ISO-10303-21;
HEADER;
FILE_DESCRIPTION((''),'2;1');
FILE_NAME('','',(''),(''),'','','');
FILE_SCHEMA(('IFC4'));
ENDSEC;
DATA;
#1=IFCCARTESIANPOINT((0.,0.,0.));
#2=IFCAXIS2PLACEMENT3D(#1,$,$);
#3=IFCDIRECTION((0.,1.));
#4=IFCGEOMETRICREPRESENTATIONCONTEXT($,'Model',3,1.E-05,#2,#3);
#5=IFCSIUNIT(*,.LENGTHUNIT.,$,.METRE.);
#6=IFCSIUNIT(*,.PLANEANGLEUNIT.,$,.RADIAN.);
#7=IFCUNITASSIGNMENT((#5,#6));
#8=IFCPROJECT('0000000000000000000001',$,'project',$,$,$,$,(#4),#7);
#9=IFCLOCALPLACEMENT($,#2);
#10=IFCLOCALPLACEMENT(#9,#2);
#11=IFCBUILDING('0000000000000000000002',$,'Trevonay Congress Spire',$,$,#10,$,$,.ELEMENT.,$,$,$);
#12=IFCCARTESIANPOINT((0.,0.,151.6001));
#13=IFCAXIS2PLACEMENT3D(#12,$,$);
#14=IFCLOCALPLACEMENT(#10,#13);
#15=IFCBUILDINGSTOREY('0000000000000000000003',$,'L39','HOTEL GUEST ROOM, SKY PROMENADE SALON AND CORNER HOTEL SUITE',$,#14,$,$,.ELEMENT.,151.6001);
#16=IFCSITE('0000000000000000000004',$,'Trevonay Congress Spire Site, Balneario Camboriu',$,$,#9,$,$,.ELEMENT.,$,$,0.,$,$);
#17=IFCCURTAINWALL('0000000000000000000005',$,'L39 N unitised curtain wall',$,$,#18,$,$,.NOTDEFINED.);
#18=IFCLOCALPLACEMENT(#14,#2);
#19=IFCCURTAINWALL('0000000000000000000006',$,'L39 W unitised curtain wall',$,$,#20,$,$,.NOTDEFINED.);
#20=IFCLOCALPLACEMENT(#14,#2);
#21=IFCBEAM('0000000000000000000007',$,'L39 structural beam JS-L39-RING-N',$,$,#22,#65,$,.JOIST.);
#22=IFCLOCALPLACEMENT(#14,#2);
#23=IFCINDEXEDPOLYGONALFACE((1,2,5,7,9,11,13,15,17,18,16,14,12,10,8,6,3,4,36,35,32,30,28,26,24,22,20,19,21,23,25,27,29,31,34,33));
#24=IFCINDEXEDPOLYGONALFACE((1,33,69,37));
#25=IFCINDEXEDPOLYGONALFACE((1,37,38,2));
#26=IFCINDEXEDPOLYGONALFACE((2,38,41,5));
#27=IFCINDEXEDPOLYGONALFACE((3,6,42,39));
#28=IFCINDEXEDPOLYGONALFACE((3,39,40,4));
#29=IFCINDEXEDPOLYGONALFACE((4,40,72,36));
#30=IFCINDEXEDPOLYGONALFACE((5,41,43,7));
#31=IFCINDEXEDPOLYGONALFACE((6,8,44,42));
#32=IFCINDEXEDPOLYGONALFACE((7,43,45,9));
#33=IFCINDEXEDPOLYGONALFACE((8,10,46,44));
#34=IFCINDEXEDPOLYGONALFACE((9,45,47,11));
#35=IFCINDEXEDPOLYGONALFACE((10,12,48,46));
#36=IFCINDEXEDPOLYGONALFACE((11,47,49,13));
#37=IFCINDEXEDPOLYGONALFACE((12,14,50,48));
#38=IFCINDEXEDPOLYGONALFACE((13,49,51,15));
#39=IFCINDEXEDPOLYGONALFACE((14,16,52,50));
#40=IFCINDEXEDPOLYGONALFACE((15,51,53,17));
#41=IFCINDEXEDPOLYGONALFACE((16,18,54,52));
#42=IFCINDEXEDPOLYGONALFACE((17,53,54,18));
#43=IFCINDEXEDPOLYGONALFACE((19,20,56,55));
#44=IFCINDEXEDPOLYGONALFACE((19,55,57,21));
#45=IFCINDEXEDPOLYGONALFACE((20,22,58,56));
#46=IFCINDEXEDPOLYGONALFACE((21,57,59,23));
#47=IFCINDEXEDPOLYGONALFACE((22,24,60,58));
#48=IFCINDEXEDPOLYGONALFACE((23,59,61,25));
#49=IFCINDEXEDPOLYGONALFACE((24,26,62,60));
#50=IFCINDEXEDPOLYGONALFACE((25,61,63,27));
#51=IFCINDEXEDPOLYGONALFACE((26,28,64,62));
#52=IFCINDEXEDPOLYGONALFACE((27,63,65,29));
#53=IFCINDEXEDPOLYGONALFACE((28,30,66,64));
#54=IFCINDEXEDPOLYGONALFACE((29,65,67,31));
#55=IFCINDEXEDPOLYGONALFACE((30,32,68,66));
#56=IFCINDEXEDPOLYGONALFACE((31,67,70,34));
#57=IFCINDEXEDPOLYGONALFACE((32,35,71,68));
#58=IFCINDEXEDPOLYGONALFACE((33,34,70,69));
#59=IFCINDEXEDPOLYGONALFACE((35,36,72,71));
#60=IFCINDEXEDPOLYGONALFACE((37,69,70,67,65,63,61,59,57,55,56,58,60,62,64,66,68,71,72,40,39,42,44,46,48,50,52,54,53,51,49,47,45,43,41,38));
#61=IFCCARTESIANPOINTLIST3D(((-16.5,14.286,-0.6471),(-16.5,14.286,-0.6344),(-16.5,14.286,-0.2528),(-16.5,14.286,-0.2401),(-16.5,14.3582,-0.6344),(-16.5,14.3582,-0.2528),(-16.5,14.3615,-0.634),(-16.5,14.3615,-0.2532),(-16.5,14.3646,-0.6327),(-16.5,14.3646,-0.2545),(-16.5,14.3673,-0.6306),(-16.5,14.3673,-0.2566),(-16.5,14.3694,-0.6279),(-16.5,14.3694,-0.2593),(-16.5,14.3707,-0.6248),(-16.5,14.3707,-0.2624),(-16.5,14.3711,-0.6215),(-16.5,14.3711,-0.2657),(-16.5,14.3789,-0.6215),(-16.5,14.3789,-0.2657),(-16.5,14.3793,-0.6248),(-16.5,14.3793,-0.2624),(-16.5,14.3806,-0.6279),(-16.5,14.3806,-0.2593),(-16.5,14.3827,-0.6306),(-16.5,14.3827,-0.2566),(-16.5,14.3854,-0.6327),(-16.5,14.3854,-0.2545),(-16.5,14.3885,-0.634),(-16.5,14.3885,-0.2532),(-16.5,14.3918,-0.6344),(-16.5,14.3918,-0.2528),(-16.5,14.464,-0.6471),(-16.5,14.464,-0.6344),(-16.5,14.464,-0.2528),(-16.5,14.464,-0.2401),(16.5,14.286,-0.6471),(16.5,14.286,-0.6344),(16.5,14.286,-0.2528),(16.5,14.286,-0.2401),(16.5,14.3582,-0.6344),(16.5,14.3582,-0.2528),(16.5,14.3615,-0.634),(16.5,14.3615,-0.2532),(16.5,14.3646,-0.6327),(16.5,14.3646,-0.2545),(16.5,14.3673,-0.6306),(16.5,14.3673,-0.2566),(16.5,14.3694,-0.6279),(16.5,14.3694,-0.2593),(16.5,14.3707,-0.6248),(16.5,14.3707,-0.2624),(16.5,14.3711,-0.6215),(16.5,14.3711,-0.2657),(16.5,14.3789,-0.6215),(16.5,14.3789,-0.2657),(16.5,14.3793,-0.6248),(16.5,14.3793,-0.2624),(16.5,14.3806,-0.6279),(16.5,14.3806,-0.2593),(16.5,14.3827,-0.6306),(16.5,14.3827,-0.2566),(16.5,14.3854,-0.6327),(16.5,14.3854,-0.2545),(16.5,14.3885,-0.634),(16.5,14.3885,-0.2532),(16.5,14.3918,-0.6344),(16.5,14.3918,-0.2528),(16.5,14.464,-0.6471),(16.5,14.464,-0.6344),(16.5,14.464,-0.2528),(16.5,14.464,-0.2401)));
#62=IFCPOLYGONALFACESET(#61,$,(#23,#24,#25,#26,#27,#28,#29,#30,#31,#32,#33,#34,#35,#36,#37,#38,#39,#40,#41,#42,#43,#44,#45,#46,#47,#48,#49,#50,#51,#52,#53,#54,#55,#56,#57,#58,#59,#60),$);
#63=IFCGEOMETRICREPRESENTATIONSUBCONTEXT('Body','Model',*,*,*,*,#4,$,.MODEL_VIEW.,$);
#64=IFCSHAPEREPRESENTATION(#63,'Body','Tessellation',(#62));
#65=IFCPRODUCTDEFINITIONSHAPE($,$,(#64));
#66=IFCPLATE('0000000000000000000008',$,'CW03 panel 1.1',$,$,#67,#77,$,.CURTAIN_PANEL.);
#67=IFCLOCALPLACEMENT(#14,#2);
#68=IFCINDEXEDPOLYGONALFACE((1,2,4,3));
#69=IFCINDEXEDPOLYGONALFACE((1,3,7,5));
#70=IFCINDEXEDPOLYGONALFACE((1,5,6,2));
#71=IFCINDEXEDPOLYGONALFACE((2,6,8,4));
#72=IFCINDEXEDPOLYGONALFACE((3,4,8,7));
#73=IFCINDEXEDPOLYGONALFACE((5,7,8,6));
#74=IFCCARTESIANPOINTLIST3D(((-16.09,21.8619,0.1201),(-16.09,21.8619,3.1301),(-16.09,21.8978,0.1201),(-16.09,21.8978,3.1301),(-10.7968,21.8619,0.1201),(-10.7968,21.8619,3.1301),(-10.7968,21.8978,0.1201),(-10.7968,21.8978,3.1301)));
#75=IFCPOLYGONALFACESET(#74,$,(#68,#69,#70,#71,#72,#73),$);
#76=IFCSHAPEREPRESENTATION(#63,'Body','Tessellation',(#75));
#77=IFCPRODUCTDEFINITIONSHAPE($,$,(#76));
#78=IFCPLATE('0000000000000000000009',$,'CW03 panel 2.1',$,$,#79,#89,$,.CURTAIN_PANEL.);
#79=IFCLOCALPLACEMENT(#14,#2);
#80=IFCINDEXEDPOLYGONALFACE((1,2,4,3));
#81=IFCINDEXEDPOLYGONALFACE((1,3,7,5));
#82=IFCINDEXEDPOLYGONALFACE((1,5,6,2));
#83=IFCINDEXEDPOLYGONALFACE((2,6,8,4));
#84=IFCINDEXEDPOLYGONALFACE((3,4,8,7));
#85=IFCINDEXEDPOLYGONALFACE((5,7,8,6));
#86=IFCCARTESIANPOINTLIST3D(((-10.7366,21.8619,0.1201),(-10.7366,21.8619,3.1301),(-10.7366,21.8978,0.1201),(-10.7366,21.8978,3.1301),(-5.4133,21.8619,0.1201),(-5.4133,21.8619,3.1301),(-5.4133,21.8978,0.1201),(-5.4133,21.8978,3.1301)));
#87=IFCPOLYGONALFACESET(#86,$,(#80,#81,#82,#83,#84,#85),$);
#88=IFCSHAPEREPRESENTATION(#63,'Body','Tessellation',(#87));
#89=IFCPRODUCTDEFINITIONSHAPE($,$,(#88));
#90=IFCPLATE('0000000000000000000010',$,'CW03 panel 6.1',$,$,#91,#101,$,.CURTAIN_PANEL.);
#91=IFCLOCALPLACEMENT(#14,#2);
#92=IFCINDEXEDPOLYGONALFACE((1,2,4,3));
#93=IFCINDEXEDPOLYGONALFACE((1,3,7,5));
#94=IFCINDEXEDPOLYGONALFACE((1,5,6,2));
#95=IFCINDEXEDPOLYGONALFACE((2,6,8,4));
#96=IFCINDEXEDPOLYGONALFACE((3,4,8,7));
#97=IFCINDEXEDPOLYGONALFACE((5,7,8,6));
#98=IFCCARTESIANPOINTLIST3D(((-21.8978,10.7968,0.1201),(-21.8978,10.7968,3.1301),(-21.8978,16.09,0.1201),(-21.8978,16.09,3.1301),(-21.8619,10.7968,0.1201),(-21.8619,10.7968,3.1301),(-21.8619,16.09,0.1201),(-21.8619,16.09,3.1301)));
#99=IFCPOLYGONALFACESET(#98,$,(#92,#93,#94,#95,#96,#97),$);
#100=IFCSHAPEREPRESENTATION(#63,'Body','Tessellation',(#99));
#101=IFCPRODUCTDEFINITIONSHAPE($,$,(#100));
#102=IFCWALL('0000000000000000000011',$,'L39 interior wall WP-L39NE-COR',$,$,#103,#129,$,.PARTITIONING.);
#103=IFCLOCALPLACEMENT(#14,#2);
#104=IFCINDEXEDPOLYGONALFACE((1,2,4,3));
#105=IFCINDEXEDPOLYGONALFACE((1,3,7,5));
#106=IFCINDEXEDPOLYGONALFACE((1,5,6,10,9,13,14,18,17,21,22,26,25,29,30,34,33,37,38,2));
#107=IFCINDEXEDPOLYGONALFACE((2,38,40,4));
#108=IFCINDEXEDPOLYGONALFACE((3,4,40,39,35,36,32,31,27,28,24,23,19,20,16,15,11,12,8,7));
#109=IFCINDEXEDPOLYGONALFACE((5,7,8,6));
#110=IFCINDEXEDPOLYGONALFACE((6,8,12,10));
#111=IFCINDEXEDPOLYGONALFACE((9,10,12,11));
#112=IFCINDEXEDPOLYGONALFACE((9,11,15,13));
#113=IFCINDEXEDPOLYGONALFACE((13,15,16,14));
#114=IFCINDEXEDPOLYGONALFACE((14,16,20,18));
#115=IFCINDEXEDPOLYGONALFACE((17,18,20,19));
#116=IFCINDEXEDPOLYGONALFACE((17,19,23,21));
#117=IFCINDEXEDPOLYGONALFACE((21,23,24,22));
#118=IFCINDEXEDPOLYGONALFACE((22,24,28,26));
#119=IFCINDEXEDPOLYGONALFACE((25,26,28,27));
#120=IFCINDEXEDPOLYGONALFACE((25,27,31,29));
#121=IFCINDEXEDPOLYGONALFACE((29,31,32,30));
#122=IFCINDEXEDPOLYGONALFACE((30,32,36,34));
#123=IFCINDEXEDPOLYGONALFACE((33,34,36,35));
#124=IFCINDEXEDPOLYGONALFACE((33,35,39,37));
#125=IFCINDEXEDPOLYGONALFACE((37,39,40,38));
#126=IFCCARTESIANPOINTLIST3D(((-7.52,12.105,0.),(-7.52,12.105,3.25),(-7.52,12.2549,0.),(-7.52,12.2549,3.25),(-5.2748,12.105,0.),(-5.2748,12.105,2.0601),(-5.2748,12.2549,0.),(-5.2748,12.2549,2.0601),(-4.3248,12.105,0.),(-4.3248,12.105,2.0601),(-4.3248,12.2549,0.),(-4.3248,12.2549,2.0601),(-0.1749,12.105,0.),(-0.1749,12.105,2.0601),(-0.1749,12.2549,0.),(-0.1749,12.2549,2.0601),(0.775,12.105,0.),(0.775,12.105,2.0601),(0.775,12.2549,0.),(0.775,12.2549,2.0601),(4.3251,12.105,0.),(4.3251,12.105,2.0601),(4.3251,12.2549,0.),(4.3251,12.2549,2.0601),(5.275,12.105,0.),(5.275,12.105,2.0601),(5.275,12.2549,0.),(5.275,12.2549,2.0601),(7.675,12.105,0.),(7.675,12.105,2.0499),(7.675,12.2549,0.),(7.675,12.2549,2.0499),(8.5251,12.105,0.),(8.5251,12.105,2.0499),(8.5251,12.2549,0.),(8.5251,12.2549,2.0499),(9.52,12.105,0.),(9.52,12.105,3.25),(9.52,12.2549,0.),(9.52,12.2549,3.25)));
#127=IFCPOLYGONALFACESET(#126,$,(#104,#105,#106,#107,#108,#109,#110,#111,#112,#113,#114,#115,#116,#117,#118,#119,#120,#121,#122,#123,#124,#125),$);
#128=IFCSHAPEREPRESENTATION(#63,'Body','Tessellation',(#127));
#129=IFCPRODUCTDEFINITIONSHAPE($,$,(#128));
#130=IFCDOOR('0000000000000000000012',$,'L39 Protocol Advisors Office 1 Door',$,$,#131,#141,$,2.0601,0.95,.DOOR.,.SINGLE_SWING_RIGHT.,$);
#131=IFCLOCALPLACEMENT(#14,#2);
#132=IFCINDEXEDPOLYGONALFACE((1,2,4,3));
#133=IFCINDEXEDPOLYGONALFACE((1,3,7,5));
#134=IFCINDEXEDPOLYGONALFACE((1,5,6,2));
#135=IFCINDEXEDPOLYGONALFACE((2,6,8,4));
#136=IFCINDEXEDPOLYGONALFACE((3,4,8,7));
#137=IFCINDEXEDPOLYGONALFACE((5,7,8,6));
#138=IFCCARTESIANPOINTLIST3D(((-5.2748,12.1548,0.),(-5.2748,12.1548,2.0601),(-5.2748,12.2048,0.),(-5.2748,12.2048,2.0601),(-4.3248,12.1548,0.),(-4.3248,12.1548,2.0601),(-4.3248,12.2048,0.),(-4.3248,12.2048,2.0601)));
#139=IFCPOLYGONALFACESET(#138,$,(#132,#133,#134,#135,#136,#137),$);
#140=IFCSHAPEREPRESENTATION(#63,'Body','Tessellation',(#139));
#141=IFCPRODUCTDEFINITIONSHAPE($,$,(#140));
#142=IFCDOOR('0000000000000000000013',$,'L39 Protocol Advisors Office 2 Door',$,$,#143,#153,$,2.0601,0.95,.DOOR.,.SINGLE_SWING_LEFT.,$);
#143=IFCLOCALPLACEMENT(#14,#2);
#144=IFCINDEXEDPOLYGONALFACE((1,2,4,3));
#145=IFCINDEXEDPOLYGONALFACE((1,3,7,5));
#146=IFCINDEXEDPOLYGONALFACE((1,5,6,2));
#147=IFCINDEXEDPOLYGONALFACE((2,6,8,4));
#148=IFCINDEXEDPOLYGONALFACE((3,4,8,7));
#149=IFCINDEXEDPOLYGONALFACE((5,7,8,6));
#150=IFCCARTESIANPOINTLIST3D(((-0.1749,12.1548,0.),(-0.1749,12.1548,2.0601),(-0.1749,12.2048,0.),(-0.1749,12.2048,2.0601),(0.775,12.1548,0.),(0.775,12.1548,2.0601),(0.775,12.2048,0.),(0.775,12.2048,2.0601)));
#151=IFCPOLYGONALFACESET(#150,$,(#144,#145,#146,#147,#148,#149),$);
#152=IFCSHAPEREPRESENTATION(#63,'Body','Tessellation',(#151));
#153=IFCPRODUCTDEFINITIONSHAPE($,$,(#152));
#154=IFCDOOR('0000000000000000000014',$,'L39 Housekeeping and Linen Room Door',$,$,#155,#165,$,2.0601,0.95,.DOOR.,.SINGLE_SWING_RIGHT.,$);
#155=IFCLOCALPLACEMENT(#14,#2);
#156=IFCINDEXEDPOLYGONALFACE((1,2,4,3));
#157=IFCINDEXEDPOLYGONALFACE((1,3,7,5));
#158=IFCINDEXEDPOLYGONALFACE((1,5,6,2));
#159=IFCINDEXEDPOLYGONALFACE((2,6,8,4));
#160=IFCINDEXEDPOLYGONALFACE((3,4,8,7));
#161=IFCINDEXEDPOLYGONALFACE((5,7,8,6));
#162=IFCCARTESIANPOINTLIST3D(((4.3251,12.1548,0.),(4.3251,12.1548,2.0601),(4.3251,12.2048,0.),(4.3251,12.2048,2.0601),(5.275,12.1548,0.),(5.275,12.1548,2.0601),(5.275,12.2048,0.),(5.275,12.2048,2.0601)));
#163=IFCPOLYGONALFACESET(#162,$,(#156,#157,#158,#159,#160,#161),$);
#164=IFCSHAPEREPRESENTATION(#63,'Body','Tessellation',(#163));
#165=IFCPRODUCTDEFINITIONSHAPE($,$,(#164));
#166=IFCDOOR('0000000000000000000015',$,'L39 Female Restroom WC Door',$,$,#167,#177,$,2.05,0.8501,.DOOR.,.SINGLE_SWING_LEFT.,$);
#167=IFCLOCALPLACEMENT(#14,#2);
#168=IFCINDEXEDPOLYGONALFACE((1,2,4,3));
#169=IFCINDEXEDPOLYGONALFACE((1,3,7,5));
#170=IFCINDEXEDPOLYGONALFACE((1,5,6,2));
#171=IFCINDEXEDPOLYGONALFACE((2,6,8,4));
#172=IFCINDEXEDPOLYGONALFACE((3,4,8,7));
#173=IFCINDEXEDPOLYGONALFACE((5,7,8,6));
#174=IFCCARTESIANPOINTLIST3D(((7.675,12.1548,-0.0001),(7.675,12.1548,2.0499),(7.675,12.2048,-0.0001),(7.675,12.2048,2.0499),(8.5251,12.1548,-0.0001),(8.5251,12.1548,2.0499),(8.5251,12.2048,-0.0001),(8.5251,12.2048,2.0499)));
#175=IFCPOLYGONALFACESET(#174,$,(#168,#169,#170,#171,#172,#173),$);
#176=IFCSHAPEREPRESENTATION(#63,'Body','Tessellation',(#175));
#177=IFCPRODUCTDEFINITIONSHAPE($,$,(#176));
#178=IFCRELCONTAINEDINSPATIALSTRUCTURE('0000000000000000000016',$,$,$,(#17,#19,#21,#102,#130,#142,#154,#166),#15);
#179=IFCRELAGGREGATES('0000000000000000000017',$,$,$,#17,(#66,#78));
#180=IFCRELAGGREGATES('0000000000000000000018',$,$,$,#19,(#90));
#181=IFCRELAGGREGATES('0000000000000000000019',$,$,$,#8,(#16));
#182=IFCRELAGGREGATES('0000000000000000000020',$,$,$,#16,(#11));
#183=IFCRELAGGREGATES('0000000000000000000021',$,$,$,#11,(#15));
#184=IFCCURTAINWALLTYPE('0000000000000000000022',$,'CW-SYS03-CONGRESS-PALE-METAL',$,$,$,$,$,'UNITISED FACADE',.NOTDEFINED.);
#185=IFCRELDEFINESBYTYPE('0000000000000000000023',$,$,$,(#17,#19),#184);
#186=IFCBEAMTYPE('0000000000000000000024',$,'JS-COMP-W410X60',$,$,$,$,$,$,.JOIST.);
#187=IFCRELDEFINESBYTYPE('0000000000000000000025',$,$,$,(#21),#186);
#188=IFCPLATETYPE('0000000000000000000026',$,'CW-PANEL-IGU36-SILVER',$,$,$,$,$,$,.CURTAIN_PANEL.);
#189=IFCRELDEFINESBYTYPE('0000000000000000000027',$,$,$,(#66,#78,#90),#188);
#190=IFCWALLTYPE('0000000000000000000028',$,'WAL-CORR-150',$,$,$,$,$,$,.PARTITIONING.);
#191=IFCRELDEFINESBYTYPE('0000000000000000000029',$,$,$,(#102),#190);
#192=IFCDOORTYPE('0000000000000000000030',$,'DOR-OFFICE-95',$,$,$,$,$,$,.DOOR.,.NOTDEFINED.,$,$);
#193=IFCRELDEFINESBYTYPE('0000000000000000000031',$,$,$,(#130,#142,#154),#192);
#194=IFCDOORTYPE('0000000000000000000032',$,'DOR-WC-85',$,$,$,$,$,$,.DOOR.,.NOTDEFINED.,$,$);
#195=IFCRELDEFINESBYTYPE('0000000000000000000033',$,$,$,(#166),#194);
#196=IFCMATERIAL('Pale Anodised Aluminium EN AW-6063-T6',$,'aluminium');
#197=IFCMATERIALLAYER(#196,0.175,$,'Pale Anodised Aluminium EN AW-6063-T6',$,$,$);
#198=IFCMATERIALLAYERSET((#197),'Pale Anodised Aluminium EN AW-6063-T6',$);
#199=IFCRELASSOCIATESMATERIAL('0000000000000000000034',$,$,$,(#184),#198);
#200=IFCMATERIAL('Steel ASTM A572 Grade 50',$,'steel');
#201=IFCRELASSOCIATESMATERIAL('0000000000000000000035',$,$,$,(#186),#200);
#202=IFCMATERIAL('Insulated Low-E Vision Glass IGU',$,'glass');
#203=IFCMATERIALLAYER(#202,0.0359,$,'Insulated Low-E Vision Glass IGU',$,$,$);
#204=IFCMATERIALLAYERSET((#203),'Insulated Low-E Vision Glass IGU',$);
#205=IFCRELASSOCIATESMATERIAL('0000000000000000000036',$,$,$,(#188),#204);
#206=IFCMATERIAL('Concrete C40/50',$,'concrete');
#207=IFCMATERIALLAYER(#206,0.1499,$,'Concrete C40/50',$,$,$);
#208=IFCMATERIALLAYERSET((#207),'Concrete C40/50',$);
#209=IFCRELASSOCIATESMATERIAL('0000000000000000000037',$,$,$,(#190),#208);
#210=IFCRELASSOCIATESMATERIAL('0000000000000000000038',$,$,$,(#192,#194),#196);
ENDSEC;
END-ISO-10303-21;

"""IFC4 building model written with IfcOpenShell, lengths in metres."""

from ifc_helpers import new_model, si_unit, direction, frame, frame_2d, origin, origin_2d, place, context, subcontext, project, spatial, rectangle, i_section, extrude, material, layer, layer_set, material_profile, profile_set, type_object, element, fill, aggregate, save


model = new_model("IFC4")

# Units and contexts
model_context = context("Model", 3, precision=1e-05, world=origin(), true_north=direction((0.0, 1.0)))
body_context = subcontext(model_context, "Body", "Model", "MODEL_VIEW")
ifc_project = project(units=[si_unit("LENGTHUNIT", "METRE"), si_unit("PLANEANGLEUNIT", "RADIAN")], contexts=[model_context])

# Site, building, storey
site_placement = place(None, origin())
site = spatial("IfcSite", under=ifc_project, at=site_placement, Name="Trevonay Congress Spire Site, Balneario Camboriu", CompositionType="ELEMENT", RefElevation=0.0)
building_placement = place(site_placement, origin())
building = spatial("IfcBuilding", under=site, at=building_placement, Name="Trevonay Congress Spire", CompositionType="ELEMENT")
storey_placement = place(building_placement, frame((0.0, 0.0, 151.6001)))
storey = spatial("IfcBuildingStorey", under=building, at=storey_placement, Name="L39", Description="HOTEL GUEST ROOM, SKY PROMENADE SALON AND CORNER HOTEL SUITE", CompositionType="ELEMENT", Elevation=151.6001)

# Shared definitions
ifc_material_1 = material(Name="Steel ASTM A572 Grade 50", Category="steel")

# Curtain wall
ifc_material_2 = material(Name="Pale Anodised Aluminium EN AW-6063-T6", Category="aluminium")
ifc_layer_1 = layer(ifc_material_2, 0.175, Name="Pale Anodised Aluminium EN AW-6063-T6")
ifc_layer_set_1 = layer_set([ifc_layer_1], Name="Pale Anodised Aluminium EN AW-6063-T6")
curtain_wall_type = type_object("IfcCurtainWallType", Name="CW-SYS03-CONGRESS-PALE-METAL", ElementType="UNITISED FACADE", PredefinedType="NOTDEFINED", material=ifc_layer_set_1)
curtain_wall_1_placement = place(storey_placement, origin())
curtain_wall_1 = element("IfcCurtainWall", 1, at=curtain_wall_1_placement, inside=storey, type_object=curtain_wall_type, Name="L39 N unitised curtain wall", PredefinedType="NOTDEFINED")

# Curtain wall
curtain_wall_2_placement = place(storey_placement, origin())
curtain_wall_2 = element("IfcCurtainWall", 2, at=curtain_wall_2_placement, inside=storey, type_object=curtain_wall_type, Name="L39 W unitised curtain wall", PredefinedType="NOTDEFINED")

# Beam
ifc_material_profile_1 = material_profile(ifc_material_1, i_section(OverallWidth=0.178, OverallDepth=0.407, WebThickness=0.0078, FlangeThickness=0.0127, FilletRadius=0.0129, at=origin_2d()), Name="W410x60")
ifc_profile_set_1 = profile_set([ifc_material_profile_1], Name="Steel ASTM A572 Grade 50")
beam_type_1 = type_object("IfcBeamType", Name="JS-COMP-W410X60", PredefinedType="JOIST", material=ifc_profile_set_1)
beam_placement = place(storey_placement, frame((-16.5, 14.375, -0.4436), z_axis=(1.0, 0.0, 0.0), x_axis=(0.0, 1.0, 0.0)))
element("IfcBeam", 3, at=beam_placement, inside=storey, type_object=beam_type_1, Name="L39 structural beam JS-L39-RING-N", PredefinedType="JOIST", context=body_context, shape_type="SweptSolid", body=[
    extrude(i_section(OverallWidth=0.178, OverallDepth=0.407, WebThickness=0.0078, FlangeThickness=0.0127, FilletRadius=0.0129, at=origin_2d()), origin(), (0.0, 0.0, 1.0), 33.0),
])

# Plates
ifc_material_3 = material(Name="Insulated Low-E Vision Glass IGU", Category="glass")
ifc_layer_2 = layer(ifc_material_3, 0.0359, Name="Insulated Low-E Vision Glass IGU")
ifc_layer_set_2 = layer_set([ifc_layer_2], Name="Insulated Low-E Vision Glass IGU")
plate_type = type_object("IfcPlateType", Name="CW-PANEL-IGU36-SILVER", PredefinedType="CURTAIN_PANEL", material=ifc_layer_set_2)
plate_1_placement = place(storey_placement, frame((-13.4434, 21.8799, 0.1201), z_axis=(0.0, 0.0, 1.0), x_axis=(1.0, 0.0, 0.0)))
plate_1 = element("IfcPlate", 4, at=plate_1_placement, type_object=plate_type, Name="CW03 panel 1.1", PredefinedType="CURTAIN_PANEL", context=body_context, shape_type="SweptSolid", body=[
    extrude(rectangle(XDim=5.2932, YDim=0.0359, at=origin_2d()), origin(), (0.0, 0.0, 1.0), 3.01),
])
plate_2_placement = place(storey_placement, frame((-8.075, 21.8799, 0.1201), z_axis=(0.0, 0.0, 1.0), x_axis=(1.0, 0.0, 0.0)))
plate_2 = element("IfcPlate", 5, at=plate_2_placement, type_object=plate_type, Name="CW03 panel 2.1", PredefinedType="CURTAIN_PANEL", context=body_context, shape_type="SweptSolid", body=[
    extrude(rectangle(XDim=5.3232, YDim=0.0359, at=origin_2d()), origin(), (0.0, 0.0, 1.0), 3.01),
])
aggregate(curtain_wall_1, [plate_1, plate_2])
plate_3_placement = place(storey_placement, frame((-21.8799, 13.4434, 0.1201), z_axis=(0.0, 0.0, 1.0), x_axis=(0.0, 1.0, 0.0)))
plate_3 = element("IfcPlate", 6, at=plate_3_placement, type_object=plate_type, Name="CW03 panel 6.1", PredefinedType="CURTAIN_PANEL", context=body_context, shape_type="SweptSolid", body=[
    extrude(rectangle(XDim=5.2932, YDim=0.0359, at=origin_2d()), origin(), (0.0, 0.0, 1.0), 3.01),
])
aggregate(curtain_wall_2, [plate_3])

# Wall, openings, doors
ifc_material_4 = material(Name="Concrete C40/50", Category="concrete")
ifc_layer_3 = layer(ifc_material_4, 0.1499, Name="Concrete C40/50")
ifc_layer_set_3 = layer_set([ifc_layer_3], Name="Concrete C40/50")
wall_type_1 = type_object("IfcWallType", Name="WAL-CORR-150", PredefinedType="PARTITIONING", material=ifc_layer_set_3)
wall_1_placement = place(storey_placement, frame((-7.52, 12.1799, 0.0), z_axis=(0.0, 0.0, 1.0), x_axis=(1.0, 0.0, 0.0)))
wall_1 = element("IfcWall", 7, at=wall_1_placement, inside=storey, type_object=wall_type_1, Name="L39 interior wall WP-L39NE-COR", PredefinedType="PARTITIONING", context=body_context, shape_type="SweptSolid", body=[
    extrude(rectangle(XDim=17.04, YDim=0.1499, at=frame_2d((8.52, 0.0))), origin(), (0.0, 0.0, 1.0), 3.25),
])
opening_1_placement = place(wall_1_placement, frame((2.2451, 0.0, 0.0)))
opening_1 = element("IfcOpeningElement", 8, at=opening_1_placement, cuts=wall_1, PredefinedType="OPENING", context=body_context, shape_type="SweptSolid", body=[
    extrude(rectangle(XDim=0.95, YDim=2.0601, at=frame_2d((0.4751, 1.03))), frame((0.0, 0.085, 0.0), z_axis=(0.0, -1.0, 0.0), x_axis=(1.0, 0.0, 0.0)), (0.0, 0.0, 1.0), 0.1699),
])
opening_2_placement = place(wall_1_placement, frame((7.345, 0.0, 0.0)))
opening_2 = element("IfcOpeningElement", 9, at=opening_2_placement, cuts=wall_1, PredefinedType="OPENING", context=body_context, shape_type="SweptSolid", body=[
    extrude(rectangle(XDim=0.95, YDim=2.0601, at=frame_2d((0.4751, 1.03))), frame((0.0, 0.085, 0.0), z_axis=(0.0, -1.0, 0.0), x_axis=(1.0, 0.0, 0.0)), (0.0, 0.0, 1.0), 0.1699),
])
opening_3_placement = place(wall_1_placement, frame((11.845, 0.0, 0.0)))
opening_3 = element("IfcOpeningElement", 10, at=opening_3_placement, cuts=wall_1, PredefinedType="OPENING", context=body_context, shape_type="SweptSolid", body=[
    extrude(rectangle(XDim=0.95, YDim=2.0601, at=frame_2d((0.4751, 1.03))), frame((0.0, 0.085, 0.0), z_axis=(0.0, -1.0, 0.0), x_axis=(1.0, 0.0, 0.0)), (0.0, 0.0, 1.0), 0.1699),
])
opening_4_placement = place(wall_1_placement, frame((15.1951, 0.0, 0.0)))
opening_4 = element("IfcOpeningElement", 11, at=opening_4_placement, cuts=wall_1, PredefinedType="OPENING", context=body_context, shape_type="SweptSolid", body=[
    extrude(rectangle(XDim=0.8501, YDim=2.05, at=frame_2d((0.425, 1.0249))), frame((0.0, 0.085, 0.0), z_axis=(0.0, -1.0, 0.0), x_axis=(1.0, 0.0, 0.0)), (0.0, 0.0, 1.0), 0.1699),
])
door_type_1 = type_object("IfcDoorType", Name="DOR-OFFICE-95", OperationType="NOTDEFINED", PredefinedType="DOOR", material=ifc_material_2)
door_1_placement = place(opening_1_placement, origin())
door_1 = element("IfcDoor", 12, at=door_1_placement, inside=storey, type_object=door_type_1, Name="L39 Protocol Advisors Office 1 Door", OperationType="SINGLE_SWING_RIGHT", OverallHeight=2.0601, OverallWidth=0.95, PredefinedType="DOOR", context=body_context, shape_type="SweptSolid", body=[
    extrude(rectangle(XDim=0.95, YDim=2.0601, at=frame_2d((0.4751, 1.03))), frame((0.0, 0.0249, 0.0), z_axis=(0.0, -1.0, 0.0), x_axis=(1.0, 0.0, 0.0)), (0.0, 0.0, 1.0), 0.05),
])
fill(opening_1, door_1)
door_2_placement = place(opening_2_placement, origin())
door_2 = element("IfcDoor", 13, at=door_2_placement, inside=storey, type_object=door_type_1, Name="L39 Protocol Advisors Office 2 Door", OperationType="SINGLE_SWING_LEFT", OverallHeight=2.0601, OverallWidth=0.95, PredefinedType="DOOR", context=body_context, shape_type="SweptSolid", body=[
    extrude(rectangle(XDim=0.95, YDim=2.0601, at=frame_2d((0.4751, 1.03))), frame((0.0, 0.0249, 0.0), z_axis=(0.0, -1.0, 0.0), x_axis=(1.0, 0.0, 0.0)), (0.0, 0.0, 1.0), 0.05),
])
fill(opening_2, door_2)
door_3_placement = place(opening_3_placement, origin())
door_3 = element("IfcDoor", 14, at=door_3_placement, inside=storey, type_object=door_type_1, Name="L39 Housekeeping and Linen Room Door", OperationType="SINGLE_SWING_RIGHT", OverallHeight=2.0601, OverallWidth=0.95, PredefinedType="DOOR", context=body_context, shape_type="SweptSolid", body=[
    extrude(rectangle(XDim=0.95, YDim=2.0601, at=frame_2d((0.4751, 1.03))), frame((0.0, 0.0249, 0.0), z_axis=(0.0, -1.0, 0.0), x_axis=(1.0, 0.0, 0.0)), (0.0, 0.0, 1.0), 0.05),
])
fill(opening_3, door_3)
door_type_2 = type_object("IfcDoorType", Name="DOR-WC-85", OperationType="NOTDEFINED", PredefinedType="DOOR", material=ifc_material_2)
door_4_placement = place(opening_4_placement, origin())
door_4 = element("IfcDoor", 15, at=door_4_placement, inside=storey, type_object=door_type_2, Name="L39 Female Restroom WC Door", OperationType="SINGLE_SWING_LEFT", OverallHeight=2.05, OverallWidth=0.8501, PredefinedType="DOOR", context=body_context, shape_type="SweptSolid", body=[
    extrude(rectangle(XDim=0.8501, YDim=2.05, at=frame_2d((0.425, 1.0249))), frame((0.0, 0.0249, 0.0), z_axis=(0.0, -1.0, 0.0), x_axis=(1.0, 0.0, 0.0)), (0.0, 0.0, 1.0), 0.05),
])
fill(opening_4, door_4)

save(model, "model.ifc")
